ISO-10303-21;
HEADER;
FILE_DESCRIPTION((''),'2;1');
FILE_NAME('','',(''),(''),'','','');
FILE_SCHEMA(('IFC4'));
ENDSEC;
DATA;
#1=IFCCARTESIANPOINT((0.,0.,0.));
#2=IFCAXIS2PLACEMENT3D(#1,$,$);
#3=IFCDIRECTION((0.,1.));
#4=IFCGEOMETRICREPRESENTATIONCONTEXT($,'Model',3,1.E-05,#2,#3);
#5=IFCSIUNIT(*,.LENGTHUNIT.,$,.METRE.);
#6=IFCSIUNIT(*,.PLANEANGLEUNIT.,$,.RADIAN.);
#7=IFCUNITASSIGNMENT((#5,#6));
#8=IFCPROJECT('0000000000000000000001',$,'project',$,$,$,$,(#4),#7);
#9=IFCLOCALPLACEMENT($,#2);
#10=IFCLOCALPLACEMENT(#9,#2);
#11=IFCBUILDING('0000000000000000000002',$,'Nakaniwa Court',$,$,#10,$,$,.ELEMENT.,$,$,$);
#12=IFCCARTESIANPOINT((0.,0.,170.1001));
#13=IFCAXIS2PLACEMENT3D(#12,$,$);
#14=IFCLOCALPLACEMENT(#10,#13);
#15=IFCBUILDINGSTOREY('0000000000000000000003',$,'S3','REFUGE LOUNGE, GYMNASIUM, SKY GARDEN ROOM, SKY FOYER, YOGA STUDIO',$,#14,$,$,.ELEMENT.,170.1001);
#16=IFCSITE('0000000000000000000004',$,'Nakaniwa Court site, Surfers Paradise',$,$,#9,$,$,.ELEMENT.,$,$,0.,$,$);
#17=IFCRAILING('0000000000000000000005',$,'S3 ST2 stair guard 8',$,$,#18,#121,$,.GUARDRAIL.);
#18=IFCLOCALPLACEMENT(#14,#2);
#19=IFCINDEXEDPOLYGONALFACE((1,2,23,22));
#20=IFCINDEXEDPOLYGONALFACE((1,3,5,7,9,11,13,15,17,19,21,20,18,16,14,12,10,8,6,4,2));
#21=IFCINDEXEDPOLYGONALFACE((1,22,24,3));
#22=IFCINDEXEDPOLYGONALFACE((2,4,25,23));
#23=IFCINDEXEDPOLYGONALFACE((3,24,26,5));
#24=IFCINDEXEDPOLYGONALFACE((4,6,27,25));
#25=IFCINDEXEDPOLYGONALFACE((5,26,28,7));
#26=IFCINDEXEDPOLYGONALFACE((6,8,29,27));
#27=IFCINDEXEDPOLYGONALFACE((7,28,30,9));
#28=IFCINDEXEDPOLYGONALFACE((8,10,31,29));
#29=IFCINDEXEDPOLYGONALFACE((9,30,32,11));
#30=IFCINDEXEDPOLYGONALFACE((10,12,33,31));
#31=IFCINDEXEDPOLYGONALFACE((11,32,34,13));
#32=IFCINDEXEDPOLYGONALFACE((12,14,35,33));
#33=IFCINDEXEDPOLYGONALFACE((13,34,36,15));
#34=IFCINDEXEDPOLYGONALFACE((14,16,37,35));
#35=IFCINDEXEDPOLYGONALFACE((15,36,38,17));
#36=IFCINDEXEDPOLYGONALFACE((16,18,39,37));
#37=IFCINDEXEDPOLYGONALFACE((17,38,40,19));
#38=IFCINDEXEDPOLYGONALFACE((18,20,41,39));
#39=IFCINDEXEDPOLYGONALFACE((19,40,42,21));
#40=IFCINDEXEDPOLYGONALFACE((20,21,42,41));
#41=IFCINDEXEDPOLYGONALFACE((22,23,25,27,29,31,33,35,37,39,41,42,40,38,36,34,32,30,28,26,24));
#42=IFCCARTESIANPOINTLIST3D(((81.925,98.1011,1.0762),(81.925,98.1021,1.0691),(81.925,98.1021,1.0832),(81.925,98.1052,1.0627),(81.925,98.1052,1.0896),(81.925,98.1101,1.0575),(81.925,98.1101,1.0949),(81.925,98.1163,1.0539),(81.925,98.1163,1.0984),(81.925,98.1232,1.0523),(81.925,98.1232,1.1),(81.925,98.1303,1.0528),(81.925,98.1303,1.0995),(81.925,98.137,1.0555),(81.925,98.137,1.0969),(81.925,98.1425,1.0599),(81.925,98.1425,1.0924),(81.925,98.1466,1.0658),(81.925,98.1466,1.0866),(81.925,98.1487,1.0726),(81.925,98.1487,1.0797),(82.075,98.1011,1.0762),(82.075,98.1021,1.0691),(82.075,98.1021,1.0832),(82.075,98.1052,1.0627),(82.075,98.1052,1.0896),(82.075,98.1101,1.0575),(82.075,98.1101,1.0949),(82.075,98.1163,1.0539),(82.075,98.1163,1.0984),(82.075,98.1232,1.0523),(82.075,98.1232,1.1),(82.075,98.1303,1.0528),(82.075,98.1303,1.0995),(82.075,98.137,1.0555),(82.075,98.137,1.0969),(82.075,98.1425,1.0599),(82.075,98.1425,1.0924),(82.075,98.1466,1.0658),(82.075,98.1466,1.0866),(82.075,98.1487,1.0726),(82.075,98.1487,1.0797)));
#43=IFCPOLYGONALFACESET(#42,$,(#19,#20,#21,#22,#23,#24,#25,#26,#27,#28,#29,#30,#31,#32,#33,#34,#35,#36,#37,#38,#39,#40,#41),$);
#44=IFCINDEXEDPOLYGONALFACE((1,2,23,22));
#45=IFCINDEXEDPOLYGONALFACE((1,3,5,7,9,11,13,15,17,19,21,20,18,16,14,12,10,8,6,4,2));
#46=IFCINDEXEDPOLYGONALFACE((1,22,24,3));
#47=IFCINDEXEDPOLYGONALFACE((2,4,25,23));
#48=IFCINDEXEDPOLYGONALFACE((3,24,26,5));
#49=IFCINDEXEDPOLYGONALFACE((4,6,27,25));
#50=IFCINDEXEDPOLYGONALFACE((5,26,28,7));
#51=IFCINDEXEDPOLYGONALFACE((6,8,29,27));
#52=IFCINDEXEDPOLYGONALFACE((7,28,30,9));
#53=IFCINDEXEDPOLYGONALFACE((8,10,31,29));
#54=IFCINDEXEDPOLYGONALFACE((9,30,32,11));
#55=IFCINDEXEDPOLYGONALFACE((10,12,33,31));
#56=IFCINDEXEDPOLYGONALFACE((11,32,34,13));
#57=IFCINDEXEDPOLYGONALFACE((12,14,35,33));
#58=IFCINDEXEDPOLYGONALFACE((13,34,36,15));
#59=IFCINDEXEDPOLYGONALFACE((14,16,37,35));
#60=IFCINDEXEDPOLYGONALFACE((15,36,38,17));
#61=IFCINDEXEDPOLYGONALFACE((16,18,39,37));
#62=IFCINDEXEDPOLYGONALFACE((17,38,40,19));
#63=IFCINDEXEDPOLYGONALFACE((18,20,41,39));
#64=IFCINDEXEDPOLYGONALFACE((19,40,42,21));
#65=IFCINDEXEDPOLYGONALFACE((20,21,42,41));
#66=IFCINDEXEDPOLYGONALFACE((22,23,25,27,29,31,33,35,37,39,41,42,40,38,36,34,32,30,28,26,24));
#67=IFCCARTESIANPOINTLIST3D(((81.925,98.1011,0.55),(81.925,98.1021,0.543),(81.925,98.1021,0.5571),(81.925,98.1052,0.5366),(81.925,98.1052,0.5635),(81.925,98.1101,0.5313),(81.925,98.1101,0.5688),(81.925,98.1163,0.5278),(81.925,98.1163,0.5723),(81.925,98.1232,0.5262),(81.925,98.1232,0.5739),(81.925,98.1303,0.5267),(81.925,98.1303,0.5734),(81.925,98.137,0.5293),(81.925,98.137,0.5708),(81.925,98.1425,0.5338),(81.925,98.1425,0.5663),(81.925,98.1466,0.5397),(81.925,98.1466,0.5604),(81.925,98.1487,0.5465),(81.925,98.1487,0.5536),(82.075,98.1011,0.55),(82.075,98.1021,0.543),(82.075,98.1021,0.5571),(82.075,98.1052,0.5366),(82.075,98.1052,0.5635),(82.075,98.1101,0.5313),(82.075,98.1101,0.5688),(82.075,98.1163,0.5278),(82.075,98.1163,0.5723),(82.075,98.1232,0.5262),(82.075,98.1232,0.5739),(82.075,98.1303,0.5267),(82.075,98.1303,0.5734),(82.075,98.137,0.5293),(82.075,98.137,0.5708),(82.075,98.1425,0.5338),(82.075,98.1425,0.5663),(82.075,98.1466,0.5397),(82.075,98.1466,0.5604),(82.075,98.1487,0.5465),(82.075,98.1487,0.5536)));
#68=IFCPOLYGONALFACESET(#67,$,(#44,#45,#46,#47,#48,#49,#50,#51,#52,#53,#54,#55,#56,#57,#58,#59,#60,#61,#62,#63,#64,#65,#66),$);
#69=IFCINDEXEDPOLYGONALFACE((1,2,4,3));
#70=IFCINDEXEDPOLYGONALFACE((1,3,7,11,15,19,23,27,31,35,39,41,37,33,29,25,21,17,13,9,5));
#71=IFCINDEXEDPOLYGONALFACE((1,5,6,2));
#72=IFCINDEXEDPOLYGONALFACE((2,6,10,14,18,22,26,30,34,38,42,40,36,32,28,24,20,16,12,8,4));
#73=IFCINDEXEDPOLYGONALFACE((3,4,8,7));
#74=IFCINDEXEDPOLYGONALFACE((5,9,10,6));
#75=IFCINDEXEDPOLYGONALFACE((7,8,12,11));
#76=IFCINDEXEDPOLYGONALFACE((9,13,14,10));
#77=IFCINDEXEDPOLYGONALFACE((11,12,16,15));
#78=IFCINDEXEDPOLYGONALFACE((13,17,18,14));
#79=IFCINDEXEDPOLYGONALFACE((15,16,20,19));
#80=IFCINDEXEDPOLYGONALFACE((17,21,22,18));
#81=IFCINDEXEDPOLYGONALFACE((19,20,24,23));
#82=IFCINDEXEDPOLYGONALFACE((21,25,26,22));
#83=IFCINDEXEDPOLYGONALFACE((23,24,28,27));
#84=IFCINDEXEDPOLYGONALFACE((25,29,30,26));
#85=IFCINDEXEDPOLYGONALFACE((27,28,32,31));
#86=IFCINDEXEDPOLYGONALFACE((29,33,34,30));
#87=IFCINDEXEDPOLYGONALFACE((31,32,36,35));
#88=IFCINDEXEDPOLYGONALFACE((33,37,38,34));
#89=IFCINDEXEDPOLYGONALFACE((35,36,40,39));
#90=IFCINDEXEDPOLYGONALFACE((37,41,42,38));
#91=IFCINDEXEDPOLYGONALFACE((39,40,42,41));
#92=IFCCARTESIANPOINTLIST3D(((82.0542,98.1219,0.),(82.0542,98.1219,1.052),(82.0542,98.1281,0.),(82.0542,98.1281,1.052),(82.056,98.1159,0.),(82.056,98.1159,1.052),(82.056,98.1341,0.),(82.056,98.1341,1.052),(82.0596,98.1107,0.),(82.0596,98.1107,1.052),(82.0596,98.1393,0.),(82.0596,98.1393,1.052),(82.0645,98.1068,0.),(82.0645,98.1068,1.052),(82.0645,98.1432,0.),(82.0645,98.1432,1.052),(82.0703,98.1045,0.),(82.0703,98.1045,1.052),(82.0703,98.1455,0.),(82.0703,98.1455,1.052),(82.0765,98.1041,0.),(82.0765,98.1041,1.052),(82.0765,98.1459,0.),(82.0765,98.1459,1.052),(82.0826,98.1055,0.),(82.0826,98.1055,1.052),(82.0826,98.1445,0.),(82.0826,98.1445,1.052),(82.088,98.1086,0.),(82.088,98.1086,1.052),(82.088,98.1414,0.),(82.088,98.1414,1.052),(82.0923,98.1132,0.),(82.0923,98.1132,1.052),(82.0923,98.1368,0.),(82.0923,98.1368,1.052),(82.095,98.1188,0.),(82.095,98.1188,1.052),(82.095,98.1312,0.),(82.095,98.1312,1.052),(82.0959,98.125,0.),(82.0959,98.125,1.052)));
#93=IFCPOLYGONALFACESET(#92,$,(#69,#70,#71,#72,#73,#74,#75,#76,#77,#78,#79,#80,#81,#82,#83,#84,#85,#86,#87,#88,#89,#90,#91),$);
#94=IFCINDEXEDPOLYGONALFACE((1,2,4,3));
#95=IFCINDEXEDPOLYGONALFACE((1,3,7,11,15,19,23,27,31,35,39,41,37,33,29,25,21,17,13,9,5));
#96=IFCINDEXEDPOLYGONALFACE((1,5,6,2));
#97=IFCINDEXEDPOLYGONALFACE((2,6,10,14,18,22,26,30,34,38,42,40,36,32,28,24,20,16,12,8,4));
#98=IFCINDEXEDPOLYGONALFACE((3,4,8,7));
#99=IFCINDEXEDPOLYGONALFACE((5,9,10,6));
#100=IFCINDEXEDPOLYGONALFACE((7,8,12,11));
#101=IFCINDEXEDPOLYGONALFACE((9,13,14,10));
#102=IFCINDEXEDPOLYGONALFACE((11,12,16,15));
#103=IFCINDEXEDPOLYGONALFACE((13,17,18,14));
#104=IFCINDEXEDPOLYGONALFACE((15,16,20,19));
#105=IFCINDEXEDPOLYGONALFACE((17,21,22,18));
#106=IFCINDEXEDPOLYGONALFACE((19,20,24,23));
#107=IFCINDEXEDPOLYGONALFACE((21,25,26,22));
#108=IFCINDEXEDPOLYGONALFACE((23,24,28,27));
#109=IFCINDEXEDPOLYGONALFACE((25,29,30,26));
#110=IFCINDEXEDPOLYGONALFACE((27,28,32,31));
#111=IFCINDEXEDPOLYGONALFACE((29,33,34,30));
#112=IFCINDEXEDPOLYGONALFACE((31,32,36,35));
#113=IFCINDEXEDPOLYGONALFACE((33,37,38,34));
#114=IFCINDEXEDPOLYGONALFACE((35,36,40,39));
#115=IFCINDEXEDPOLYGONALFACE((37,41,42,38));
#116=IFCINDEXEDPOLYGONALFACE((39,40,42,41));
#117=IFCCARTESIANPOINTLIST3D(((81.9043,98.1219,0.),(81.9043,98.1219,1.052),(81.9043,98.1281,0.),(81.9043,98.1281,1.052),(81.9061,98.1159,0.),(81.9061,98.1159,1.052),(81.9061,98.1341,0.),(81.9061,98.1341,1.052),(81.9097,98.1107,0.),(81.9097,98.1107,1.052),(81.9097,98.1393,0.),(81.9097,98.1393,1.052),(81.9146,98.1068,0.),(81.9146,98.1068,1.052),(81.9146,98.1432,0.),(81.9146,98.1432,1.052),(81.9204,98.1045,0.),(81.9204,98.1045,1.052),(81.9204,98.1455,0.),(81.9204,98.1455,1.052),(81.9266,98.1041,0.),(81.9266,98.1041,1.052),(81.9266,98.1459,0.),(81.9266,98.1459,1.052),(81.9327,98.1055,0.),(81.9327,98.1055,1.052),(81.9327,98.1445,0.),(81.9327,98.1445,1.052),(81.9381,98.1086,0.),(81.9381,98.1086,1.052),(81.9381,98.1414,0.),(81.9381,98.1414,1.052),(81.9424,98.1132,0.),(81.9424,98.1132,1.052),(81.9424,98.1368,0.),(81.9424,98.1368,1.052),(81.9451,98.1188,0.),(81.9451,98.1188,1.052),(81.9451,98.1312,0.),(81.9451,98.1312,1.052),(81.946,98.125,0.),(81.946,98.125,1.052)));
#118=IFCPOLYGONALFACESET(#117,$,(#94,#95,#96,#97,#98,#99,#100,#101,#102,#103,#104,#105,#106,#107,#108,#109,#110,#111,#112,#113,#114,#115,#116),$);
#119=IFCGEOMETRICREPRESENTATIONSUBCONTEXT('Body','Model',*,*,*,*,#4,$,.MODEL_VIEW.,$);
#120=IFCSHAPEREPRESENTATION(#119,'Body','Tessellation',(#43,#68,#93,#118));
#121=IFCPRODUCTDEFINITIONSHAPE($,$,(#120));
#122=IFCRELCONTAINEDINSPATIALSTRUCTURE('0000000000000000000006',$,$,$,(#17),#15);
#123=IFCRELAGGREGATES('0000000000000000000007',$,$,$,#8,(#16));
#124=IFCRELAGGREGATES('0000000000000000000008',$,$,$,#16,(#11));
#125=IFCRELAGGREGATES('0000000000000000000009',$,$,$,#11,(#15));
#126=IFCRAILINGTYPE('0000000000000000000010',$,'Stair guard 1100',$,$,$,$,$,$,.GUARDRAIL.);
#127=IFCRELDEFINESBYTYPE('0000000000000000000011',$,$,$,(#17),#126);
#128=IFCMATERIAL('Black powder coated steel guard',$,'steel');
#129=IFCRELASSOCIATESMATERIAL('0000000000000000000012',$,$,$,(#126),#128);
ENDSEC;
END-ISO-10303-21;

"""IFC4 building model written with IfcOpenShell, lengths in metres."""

from ifc_helpers import new_model, si_unit, direction, frame, origin, origin_2d, place, context, subcontext, project, spatial, circle, extrude, material, type_object, element, save


model = new_model("IFC4")

# Units and contexts
model_context = context("Model", 3, precision=1e-05, world=origin(), true_north=direction((0.0, 1.0)))
body_context = subcontext(model_context, "Body", "Model", "MODEL_VIEW")
ifc_project = project(units=[si_unit("LENGTHUNIT", "METRE"), si_unit("PLANEANGLEUNIT", "RADIAN")], contexts=[model_context])

# Site, building, storey
site_placement = place(None, origin())
site = spatial("IfcSite", under=ifc_project, at=site_placement, Name="Nakaniwa Court site, Surfers Paradise", CompositionType="ELEMENT", RefElevation=0.0)
building_placement = place(site_placement, origin())
building = spatial("IfcBuilding", under=site, at=building_placement, Name="Nakaniwa Court", CompositionType="ELEMENT")
storey_placement = place(building_placement, frame((0.0, 0.0, 170.1001)))
storey = spatial("IfcBuildingStorey", under=building, at=storey_placement, Name="S3", Description="REFUGE LOUNGE, GYMNASIUM, SKY GARDEN ROOM, SKY FOYER, YOGA STUDIO", CompositionType="ELEMENT", Elevation=170.1001)

# Railing
ifc_material_1 = material(Name="Black powder coated steel guard", Category="steel")
railing_type_1 = type_object("IfcRailingType", Name="Stair guard 1100", PredefinedType="GUARDRAIL", material=ifc_material_1)
railing_1_placement = place(storey_placement, frame((82.075, 98.125, 0.0)))
element("IfcRailing", 1, at=railing_1_placement, inside=storey, type_object=railing_type_1, Name="S3 ST2 stair guard 8", PredefinedType="GUARDRAIL", context=body_context, shape_type="SweptSolid", body=[
    extrude(circle(Radius=0.0239, at=origin_2d()), frame((0.0, 0.0, 1.0762), z_axis=(-1.0, 0.0, 0.0), x_axis=(0.0, -1.0, 0.0)), (0.0, 0.0, 1.0), 0.1499),
    extrude(circle(Radius=0.0239, at=origin_2d()), frame((0.0, 0.0, 0.55), z_axis=(-1.0, 0.0, 0.0), x_axis=(0.0, -1.0, 0.0)), (0.0, 0.0, 1.0), 0.1499),
    extrude(circle(Radius=0.021, at=origin_2d()), origin(), (0.0, 0.0, 1.0), 1.052),
    extrude(circle(Radius=0.021, at=origin_2d()), frame((-0.1499, 0.0, 0.0)), (0.0, 0.0, 1.0), 1.052),
])

save(model, "model.ifc")
